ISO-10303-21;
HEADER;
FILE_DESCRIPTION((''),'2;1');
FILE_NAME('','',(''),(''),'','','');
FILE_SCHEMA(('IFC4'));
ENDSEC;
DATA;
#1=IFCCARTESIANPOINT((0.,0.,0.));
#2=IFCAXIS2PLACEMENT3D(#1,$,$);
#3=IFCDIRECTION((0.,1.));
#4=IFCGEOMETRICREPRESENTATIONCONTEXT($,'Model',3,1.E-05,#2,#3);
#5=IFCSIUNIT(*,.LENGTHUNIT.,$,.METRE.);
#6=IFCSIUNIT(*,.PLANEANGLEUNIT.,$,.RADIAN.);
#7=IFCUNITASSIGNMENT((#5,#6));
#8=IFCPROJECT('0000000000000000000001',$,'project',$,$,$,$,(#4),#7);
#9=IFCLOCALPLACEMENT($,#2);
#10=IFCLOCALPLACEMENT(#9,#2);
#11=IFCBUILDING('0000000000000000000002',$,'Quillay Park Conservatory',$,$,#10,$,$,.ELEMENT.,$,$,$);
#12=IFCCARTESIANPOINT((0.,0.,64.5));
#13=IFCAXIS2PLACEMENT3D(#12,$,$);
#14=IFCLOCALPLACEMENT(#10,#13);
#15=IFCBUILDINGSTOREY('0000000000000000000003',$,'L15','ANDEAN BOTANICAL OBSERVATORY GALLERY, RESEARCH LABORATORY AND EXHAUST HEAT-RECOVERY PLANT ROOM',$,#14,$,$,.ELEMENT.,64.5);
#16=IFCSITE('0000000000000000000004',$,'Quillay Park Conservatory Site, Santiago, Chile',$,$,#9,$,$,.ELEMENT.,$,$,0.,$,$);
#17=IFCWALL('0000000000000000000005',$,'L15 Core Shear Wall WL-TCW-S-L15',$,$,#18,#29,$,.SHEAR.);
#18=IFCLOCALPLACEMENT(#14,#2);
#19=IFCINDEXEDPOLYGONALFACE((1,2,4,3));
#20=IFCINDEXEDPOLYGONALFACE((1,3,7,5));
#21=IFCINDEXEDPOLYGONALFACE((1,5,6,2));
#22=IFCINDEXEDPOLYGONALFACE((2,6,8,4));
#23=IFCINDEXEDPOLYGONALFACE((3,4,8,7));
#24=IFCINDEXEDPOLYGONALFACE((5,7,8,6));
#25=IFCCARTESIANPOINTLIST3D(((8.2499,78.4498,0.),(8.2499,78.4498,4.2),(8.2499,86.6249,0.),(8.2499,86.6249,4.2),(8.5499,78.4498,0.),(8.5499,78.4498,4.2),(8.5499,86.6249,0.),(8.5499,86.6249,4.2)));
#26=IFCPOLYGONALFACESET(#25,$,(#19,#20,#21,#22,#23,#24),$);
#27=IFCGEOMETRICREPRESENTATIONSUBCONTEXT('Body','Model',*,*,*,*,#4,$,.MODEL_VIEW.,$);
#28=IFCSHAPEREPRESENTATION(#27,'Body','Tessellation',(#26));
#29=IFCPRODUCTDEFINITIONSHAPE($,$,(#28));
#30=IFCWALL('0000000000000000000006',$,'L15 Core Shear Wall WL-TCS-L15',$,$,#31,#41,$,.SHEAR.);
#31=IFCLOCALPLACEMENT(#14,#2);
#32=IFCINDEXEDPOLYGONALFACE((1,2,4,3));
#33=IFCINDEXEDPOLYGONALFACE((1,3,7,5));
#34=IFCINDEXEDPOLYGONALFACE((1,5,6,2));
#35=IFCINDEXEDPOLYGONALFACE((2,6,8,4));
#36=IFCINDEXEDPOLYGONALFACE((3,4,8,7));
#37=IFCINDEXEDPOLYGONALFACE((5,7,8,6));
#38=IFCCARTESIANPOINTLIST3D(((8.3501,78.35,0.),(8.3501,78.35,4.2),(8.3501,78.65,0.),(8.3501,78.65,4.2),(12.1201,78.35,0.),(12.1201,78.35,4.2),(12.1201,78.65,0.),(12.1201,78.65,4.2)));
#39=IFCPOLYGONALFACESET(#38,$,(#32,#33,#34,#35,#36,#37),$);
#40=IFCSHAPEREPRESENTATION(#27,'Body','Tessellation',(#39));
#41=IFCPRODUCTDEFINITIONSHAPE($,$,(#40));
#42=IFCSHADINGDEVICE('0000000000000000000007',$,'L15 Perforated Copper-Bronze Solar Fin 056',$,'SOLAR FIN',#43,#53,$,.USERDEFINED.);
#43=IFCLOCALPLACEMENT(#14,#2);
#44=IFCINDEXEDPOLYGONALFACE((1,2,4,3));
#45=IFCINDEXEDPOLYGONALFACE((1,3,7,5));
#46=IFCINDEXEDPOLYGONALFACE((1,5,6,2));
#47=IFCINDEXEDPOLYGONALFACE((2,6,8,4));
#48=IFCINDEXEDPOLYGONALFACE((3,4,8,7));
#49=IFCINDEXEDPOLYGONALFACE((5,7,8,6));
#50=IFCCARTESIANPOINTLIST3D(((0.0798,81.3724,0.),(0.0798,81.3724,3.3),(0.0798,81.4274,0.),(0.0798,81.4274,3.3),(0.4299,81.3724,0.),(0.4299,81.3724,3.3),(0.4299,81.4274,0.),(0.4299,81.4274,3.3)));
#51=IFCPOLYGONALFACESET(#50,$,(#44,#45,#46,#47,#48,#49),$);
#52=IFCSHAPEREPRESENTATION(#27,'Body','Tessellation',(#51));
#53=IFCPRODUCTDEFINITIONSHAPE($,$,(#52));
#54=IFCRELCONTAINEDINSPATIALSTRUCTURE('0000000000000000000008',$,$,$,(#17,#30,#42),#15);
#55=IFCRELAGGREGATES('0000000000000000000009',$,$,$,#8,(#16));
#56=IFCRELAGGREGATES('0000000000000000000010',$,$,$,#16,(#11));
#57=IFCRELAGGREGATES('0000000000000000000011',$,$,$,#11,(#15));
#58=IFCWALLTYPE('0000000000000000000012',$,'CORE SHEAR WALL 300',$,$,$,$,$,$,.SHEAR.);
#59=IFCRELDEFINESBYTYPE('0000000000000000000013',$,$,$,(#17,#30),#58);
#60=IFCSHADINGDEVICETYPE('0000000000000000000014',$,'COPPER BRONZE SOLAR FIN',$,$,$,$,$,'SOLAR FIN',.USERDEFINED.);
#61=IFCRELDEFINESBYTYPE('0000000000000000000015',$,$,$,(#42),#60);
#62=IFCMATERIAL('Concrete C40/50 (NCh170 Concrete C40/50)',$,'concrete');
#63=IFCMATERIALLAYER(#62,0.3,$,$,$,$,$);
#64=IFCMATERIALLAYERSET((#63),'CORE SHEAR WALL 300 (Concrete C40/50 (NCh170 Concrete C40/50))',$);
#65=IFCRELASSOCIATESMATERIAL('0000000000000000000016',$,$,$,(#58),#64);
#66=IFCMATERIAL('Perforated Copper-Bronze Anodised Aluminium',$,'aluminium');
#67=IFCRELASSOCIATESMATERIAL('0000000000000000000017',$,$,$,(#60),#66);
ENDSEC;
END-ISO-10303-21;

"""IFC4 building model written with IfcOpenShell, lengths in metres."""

from ifc_helpers import new_model, si_unit, direction, frame, frame_2d, origin, origin_2d, place, context, subcontext, project, spatial, rectangle, extrude, material, layer, layer_set, type_object, element, save


model = new_model("IFC4")

# Units and contexts
model_context = context("Model", 3, precision=1e-05, world=origin(), true_north=direction((0.0, 1.0)))
body_context = subcontext(model_context, "Body", "Model", "MODEL_VIEW")
ifc_project = project(units=[si_unit("LENGTHUNIT", "METRE"), si_unit("PLANEANGLEUNIT", "RADIAN")], contexts=[model_context])

# Site, building, storey
site_placement = place(None, origin())
site = spatial("IfcSite", under=ifc_project, at=site_placement, Name="Quillay Park Conservatory Site, Santiago, Chile", CompositionType="ELEMENT", RefElevation=0.0)
building_placement = place(site_placement, origin())
building = spatial("IfcBuilding", under=site, at=building_placement, Name="Quillay Park Conservatory", CompositionType="ELEMENT")
storey_placement = place(building_placement, frame((0.0, 0.0, 64.5)))
storey = spatial("IfcBuildingStorey", under=building, at=storey_placement, Name="L15", Description="ANDEAN BOTANICAL OBSERVATORY GALLERY, RESEARCH LABORATORY AND EXHAUST HEAT-RECOVERY PLANT ROOM", CompositionType="ELEMENT", Elevation=64.5)

# Walls
ifc_material_1 = material(Name="Concrete C40/50 (NCh170 Concrete C40/50)", Category="concrete")
ifc_layer_1 = layer(ifc_material_1, 0.3)
ifc_layer_set_1 = layer_set([ifc_layer_1], Name="CORE SHEAR WALL 300 (Concrete C40/50 (NCh170 Concrete C40/50))")
wall_type_1 = type_object("IfcWallType", Name="CORE SHEAR WALL 300", PredefinedType="SHEAR", material=ifc_layer_set_1)
wall_1_placement = place(storey_placement, frame((8.3999, 78.45, 0.0), z_axis=(0.0, 0.0, 1.0), x_axis=(0.0, 1.0, 0.0)))
element("IfcWall", 1, at=wall_1_placement, inside=storey, type_object=wall_type_1, Name="L15 Core Shear Wall WL-TCW-S-L15", PredefinedType="SHEAR", context=body_context, shape_type="SweptSolid", body=[
    extrude(rectangle(XDim=8.175, YDim=0.3, at=frame_2d((4.0874, 0.0))), origin(), (0.0, 0.0, 1.0), 4.2),
])
wall_2_placement = place(storey_placement, frame((8.3501, 78.5, 0.0), z_axis=(0.0, 0.0, 1.0), x_axis=(1.0, 0.0, 0.0)))
element("IfcWall", 2, at=wall_2_placement, inside=storey, type_object=wall_type_1, Name="L15 Core Shear Wall WL-TCS-L15", PredefinedType="SHEAR", context=body_context, shape_type="SweptSolid", body=[
    extrude(rectangle(XDim=3.77, YDim=0.3, at=frame_2d((1.885, 0.0))), origin(), (0.0, 0.0, 1.0), 4.2),
])

# Shading device
ifc_material_2 = material(Name="Perforated Copper-Bronze Anodised Aluminium", Category="aluminium")
shading_device_type = type_object("IfcShadingDeviceType", Name="COPPER BRONZE SOLAR FIN", ElementType="SOLAR FIN", PredefinedType="USERDEFINED", material=ifc_material_2)
shading_device_placement = place(storey_placement, frame((0.2549, 81.3999, 0.0), z_axis=(0.0, 0.0, 1.0), x_axis=(1.0, 0.0, 0.0)))
element("IfcShadingDevice", 3, at=shading_device_placement, inside=storey, type_object=shading_device_type, Name="L15 Perforated Copper-Bronze Solar Fin 056", ObjectType="SOLAR FIN", PredefinedType="USERDEFINED", context=body_context, shape_type="SweptSolid", body=[
    extrude(rectangle(XDim=0.3501, YDim=0.0549, at=origin_2d()), origin(), (0.0, 0.0, 1.0), 3.3),
])

save(model, "model.ifc")
